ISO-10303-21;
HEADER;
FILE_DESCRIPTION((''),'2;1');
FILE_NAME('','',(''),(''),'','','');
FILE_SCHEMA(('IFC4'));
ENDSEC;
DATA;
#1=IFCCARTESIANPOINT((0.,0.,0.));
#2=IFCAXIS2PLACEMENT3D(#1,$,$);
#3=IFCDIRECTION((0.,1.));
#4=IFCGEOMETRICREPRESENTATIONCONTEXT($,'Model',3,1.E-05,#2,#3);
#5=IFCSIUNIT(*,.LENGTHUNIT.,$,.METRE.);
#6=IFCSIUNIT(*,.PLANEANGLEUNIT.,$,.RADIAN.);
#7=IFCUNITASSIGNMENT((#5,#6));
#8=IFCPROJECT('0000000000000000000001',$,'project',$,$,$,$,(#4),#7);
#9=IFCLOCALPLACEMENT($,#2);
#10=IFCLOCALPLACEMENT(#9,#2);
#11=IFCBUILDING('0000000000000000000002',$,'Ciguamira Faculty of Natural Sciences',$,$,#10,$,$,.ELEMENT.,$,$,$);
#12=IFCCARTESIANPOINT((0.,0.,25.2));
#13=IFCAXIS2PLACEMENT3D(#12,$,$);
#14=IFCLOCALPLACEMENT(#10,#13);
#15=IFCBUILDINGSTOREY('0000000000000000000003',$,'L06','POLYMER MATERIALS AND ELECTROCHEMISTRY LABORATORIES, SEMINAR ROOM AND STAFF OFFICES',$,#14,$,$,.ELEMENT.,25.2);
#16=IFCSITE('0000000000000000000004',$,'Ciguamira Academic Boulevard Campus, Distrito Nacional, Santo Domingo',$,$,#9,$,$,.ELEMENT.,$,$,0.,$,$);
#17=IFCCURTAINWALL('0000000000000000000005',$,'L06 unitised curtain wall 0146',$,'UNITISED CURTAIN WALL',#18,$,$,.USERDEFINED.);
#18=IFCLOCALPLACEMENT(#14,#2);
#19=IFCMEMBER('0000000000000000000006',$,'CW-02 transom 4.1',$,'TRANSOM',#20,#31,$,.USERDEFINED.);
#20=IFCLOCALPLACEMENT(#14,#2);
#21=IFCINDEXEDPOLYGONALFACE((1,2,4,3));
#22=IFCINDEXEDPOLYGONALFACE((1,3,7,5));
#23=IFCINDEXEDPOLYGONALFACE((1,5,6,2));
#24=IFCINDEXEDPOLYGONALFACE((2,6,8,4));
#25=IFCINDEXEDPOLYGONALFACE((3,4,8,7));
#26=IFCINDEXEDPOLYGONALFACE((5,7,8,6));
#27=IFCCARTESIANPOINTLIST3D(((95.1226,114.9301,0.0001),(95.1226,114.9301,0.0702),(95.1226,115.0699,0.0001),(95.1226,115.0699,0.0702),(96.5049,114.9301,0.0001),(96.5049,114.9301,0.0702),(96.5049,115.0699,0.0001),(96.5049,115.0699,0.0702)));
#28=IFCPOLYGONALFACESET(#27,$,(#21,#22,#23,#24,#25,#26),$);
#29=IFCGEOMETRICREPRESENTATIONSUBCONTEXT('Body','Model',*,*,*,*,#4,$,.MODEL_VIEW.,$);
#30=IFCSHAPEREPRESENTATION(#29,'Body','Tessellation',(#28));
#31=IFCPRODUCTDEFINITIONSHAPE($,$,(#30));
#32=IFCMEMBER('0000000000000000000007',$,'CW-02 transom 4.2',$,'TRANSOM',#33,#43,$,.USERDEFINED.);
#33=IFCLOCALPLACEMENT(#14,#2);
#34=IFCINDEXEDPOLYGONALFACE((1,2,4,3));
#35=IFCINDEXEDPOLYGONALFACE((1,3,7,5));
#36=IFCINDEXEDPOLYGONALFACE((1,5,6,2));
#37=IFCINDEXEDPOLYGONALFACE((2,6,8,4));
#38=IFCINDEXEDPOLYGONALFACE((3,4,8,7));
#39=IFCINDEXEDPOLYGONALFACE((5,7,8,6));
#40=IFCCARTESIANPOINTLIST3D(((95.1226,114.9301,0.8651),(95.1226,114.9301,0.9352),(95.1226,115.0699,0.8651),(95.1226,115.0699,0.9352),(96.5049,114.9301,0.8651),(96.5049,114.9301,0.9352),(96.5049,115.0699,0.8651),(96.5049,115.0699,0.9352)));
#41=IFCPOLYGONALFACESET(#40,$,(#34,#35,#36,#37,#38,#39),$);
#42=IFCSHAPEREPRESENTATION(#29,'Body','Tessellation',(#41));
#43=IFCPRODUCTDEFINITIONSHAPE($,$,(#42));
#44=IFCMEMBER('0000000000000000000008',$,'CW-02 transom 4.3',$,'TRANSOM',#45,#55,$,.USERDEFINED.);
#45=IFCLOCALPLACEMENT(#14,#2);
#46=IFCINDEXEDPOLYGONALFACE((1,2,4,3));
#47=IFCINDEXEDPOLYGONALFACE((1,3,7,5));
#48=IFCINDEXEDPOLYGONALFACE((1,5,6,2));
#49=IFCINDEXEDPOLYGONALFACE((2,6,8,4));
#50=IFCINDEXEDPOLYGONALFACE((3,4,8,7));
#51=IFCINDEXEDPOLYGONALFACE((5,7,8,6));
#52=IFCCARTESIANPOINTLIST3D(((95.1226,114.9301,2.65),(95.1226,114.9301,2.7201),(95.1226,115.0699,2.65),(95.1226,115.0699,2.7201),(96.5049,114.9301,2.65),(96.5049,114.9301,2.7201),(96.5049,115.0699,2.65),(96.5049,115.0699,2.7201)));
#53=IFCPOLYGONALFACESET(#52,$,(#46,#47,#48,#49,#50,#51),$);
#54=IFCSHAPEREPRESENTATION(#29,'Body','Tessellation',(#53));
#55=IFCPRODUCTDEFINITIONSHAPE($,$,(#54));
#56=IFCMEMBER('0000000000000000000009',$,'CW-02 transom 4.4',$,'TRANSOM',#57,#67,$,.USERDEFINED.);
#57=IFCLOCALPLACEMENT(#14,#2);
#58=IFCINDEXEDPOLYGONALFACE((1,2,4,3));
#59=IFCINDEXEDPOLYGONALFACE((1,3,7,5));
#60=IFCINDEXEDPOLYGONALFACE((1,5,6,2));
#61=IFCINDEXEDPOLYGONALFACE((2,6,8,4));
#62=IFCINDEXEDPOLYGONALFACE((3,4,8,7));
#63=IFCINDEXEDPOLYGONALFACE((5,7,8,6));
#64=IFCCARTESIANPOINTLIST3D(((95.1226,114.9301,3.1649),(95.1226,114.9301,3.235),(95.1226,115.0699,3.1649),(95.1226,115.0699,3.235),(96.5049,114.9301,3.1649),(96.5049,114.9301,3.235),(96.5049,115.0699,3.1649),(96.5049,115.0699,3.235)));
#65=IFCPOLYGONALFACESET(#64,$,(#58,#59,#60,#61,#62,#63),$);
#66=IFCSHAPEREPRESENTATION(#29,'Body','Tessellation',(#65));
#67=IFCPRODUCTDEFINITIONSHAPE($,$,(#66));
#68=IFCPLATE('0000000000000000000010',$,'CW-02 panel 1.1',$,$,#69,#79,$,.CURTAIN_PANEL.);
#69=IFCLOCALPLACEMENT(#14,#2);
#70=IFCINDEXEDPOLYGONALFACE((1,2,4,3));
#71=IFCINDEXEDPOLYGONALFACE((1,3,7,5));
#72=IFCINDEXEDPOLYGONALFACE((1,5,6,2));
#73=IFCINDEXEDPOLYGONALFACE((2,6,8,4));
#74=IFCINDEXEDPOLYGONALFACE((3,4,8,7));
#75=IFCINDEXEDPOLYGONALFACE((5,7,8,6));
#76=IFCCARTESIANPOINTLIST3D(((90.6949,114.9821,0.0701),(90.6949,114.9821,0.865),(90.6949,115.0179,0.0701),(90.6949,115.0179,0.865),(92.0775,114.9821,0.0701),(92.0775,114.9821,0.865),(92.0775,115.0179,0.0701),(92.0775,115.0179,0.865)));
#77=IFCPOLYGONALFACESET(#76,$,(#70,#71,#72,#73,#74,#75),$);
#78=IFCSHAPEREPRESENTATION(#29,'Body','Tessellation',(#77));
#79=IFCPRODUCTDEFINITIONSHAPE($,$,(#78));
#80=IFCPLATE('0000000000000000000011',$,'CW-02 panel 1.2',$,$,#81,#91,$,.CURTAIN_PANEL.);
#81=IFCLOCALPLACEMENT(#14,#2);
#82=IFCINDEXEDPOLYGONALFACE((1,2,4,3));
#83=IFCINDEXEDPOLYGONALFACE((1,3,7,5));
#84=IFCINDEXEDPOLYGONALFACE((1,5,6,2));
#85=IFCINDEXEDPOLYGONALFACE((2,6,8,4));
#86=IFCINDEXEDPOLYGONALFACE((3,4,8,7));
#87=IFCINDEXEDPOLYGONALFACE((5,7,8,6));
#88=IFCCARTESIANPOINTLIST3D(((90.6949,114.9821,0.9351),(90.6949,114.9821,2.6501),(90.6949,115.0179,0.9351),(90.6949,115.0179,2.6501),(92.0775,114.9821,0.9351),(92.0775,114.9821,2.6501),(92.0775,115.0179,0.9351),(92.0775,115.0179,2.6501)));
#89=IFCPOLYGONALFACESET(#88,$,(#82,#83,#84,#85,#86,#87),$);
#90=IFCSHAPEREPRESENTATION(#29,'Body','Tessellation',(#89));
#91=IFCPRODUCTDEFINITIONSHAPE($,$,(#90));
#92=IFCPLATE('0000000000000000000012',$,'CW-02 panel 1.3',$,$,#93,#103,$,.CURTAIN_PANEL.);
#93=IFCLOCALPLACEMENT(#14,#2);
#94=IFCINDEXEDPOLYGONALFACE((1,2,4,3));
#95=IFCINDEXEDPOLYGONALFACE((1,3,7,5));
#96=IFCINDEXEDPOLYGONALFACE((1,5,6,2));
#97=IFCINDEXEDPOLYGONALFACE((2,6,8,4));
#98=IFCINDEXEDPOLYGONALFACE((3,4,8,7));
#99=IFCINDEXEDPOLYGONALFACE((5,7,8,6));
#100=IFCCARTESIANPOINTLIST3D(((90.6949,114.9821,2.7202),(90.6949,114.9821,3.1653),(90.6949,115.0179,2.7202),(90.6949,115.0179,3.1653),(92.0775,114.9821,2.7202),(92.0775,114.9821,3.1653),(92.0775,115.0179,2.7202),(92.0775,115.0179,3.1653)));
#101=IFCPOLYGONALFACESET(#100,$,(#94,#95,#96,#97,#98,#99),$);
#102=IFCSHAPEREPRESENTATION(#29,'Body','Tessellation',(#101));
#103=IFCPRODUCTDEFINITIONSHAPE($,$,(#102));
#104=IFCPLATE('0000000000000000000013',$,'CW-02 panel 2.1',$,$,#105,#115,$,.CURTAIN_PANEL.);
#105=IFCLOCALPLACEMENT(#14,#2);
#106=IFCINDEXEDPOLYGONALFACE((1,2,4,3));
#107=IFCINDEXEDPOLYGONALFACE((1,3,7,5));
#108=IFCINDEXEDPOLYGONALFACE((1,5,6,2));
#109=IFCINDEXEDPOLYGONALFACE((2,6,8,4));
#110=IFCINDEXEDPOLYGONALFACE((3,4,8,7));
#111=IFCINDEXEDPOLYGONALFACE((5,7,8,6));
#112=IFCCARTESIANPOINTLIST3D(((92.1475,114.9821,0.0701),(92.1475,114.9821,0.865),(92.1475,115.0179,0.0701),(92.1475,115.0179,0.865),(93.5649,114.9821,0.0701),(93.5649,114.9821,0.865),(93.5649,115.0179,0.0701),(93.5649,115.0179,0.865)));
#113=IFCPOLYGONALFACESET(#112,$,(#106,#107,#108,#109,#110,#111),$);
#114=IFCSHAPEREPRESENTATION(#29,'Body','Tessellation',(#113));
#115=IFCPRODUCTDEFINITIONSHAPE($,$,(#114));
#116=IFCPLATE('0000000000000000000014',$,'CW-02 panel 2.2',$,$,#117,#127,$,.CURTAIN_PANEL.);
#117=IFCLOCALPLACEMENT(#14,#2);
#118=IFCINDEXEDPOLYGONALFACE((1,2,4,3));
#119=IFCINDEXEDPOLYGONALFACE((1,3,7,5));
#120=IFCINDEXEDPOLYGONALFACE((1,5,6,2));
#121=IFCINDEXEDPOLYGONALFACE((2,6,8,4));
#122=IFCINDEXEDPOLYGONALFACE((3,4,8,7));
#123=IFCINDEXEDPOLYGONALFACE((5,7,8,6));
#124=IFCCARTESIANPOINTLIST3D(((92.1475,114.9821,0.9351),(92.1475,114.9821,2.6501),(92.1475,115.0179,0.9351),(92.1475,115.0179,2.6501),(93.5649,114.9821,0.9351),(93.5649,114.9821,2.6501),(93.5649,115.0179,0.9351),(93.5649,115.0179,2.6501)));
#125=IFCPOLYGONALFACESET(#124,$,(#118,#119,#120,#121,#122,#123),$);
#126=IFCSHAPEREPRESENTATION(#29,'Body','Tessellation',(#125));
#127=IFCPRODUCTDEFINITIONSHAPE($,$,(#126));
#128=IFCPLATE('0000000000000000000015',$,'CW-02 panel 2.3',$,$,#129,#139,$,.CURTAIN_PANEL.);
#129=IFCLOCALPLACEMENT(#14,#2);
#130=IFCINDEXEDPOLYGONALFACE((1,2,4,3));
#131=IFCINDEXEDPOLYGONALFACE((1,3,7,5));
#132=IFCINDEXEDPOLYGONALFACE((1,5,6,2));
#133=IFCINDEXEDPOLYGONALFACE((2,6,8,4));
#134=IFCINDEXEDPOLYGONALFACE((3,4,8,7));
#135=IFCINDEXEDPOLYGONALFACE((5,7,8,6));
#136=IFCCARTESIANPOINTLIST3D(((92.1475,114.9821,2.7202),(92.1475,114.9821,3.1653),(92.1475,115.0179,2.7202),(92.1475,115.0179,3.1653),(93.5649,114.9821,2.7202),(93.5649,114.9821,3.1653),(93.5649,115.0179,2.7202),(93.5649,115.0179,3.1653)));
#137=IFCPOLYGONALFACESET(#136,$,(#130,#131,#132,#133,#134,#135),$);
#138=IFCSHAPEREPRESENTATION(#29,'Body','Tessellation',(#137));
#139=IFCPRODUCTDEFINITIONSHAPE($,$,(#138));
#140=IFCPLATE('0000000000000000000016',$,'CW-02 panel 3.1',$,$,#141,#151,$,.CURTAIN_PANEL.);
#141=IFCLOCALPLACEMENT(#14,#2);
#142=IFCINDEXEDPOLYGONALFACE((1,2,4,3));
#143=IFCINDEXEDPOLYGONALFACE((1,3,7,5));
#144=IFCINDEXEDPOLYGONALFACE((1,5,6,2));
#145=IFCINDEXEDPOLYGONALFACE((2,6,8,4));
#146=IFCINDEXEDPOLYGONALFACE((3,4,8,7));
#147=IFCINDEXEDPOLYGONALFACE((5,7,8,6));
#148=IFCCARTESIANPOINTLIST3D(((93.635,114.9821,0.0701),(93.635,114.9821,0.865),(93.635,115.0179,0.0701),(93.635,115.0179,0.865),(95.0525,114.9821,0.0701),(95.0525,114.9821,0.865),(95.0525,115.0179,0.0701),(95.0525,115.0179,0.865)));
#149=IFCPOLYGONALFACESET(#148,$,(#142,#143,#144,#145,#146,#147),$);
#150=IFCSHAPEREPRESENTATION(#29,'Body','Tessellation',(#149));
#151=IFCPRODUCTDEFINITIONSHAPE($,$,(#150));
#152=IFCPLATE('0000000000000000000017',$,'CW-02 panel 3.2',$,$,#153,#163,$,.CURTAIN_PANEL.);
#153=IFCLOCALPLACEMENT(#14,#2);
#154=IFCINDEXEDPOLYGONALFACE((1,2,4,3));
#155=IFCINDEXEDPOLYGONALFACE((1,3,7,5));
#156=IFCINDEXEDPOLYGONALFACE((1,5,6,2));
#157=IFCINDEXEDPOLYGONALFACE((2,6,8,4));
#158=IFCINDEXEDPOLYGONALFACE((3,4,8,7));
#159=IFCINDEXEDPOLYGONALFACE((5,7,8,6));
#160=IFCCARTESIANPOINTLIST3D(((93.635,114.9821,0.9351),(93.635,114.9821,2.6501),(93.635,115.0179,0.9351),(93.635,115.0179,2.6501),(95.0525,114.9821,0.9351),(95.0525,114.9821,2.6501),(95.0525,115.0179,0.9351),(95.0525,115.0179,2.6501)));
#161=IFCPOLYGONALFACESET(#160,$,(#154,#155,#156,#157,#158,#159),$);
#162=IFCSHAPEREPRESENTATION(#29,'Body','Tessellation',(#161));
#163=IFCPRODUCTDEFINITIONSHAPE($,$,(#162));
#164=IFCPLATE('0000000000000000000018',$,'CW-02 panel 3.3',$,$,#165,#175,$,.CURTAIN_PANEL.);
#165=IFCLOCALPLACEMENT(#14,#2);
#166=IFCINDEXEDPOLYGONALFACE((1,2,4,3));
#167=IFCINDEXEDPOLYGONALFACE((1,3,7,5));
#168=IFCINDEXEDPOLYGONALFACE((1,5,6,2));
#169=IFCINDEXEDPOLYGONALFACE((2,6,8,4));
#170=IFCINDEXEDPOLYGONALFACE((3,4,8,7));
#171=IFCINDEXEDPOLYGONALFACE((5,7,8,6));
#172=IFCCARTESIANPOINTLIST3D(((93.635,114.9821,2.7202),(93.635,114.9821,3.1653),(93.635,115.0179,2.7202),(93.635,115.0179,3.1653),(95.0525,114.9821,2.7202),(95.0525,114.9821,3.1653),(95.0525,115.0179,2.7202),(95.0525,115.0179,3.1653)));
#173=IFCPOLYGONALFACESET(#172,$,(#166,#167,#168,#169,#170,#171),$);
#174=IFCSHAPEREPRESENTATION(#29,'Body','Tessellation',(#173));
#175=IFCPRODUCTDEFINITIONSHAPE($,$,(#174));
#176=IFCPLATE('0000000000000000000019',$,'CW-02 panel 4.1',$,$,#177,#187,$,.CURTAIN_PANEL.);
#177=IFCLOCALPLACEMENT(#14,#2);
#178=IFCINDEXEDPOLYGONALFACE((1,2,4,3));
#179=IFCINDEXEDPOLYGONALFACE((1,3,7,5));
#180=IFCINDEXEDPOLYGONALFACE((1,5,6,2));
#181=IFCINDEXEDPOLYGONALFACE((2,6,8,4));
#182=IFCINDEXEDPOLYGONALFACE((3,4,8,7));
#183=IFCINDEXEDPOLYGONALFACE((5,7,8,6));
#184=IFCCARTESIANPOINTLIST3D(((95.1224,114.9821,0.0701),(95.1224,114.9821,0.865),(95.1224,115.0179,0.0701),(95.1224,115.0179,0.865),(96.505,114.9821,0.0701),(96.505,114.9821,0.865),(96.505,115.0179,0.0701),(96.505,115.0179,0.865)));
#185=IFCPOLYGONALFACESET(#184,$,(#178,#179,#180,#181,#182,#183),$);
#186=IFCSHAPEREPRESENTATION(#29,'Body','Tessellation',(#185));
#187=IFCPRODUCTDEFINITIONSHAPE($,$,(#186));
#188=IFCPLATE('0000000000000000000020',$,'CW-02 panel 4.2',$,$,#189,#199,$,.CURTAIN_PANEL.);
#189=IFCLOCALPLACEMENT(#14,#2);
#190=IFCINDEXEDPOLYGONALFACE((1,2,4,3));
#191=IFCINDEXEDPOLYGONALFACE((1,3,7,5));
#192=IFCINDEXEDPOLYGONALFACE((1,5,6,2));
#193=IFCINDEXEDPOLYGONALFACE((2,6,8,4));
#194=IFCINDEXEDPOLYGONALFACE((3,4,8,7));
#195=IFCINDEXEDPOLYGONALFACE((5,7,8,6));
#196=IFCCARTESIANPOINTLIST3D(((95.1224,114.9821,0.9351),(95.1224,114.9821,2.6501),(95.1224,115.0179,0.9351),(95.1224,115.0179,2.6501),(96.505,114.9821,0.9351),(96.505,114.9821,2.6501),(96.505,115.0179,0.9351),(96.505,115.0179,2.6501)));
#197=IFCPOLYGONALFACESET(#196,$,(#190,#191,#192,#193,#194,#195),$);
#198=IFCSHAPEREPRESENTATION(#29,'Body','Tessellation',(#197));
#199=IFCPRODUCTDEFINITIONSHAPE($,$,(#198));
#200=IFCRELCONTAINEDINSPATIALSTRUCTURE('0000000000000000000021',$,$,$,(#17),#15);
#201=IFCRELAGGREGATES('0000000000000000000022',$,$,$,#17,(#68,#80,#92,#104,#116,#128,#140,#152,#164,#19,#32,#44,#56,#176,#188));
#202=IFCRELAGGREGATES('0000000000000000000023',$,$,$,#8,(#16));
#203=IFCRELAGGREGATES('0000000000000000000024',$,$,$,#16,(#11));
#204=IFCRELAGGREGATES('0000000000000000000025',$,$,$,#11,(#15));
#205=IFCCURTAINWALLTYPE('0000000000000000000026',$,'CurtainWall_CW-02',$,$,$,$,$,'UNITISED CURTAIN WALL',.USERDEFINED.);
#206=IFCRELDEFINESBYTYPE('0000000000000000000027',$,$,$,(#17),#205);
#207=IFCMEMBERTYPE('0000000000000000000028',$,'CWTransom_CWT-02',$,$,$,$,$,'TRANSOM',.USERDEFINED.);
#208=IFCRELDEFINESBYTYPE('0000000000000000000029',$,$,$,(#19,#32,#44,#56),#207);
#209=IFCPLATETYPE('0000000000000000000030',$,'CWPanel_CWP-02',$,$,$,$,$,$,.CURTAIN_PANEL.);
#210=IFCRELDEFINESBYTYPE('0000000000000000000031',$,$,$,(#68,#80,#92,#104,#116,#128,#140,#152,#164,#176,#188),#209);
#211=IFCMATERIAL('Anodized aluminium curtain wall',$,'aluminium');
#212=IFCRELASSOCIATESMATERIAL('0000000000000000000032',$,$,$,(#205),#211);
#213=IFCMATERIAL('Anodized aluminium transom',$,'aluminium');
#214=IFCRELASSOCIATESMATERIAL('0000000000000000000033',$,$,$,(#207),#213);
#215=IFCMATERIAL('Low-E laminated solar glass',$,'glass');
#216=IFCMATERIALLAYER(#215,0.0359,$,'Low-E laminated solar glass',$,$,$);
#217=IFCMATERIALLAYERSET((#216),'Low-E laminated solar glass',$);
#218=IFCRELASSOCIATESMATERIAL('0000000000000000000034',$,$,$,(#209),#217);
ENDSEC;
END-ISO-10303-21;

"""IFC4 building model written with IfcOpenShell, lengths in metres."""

from ifc_helpers import new_model, si_unit, direction, frame, origin, origin_2d, place, context, subcontext, project, spatial, rectangle, extrude, material, layer, layer_set, material_profile, profile_set, type_object, element, aggregate, save


model = new_model("IFC4")

# Units and contexts
model_context = context("Model", 3, precision=1e-05, world=origin(), true_north=direction((0.0, 1.0)))
body_context = subcontext(model_context, "Body", "Model", "MODEL_VIEW")
ifc_project = project(units=[si_unit("LENGTHUNIT", "METRE"), si_unit("PLANEANGLEUNIT", "RADIAN")], contexts=[model_context])

# Site, building, storey
site_placement = place(None, origin())
site = spatial("IfcSite", under=ifc_project, at=site_placement, Name="Ciguamira Academic Boulevard Campus, Distrito Nacional, Santo Domingo", CompositionType="ELEMENT", RefElevation=0.0)
building_placement = place(site_placement, origin())
building = spatial("IfcBuilding", under=site, at=building_placement, Name="Ciguamira Faculty of Natural Sciences", CompositionType="ELEMENT")
storey_placement = place(building_placement, frame((0.0, 0.0, 25.2)))
storey = spatial("IfcBuildingStorey", under=building, at=storey_placement, Name="L06", Description="POLYMER MATERIALS AND ELECTROCHEMISTRY LABORATORIES, SEMINAR ROOM AND STAFF OFFICES", CompositionType="ELEMENT", Elevation=25.2)

# Curtain wall, members, plates
ifc_material_1 = material(Name="Anodized aluminium curtain wall", Category="aluminium")
curtain_wall_type = type_object("IfcCurtainWallType", Name="CurtainWall_CW-02", ElementType="UNITISED CURTAIN WALL", PredefinedType="USERDEFINED", material=ifc_material_1)
curtain_wall_placement = place(storey_placement, origin())
curtain_wall = element("IfcCurtainWall", 1, at=curtain_wall_placement, inside=storey, type_object=curtain_wall_type, Name="L06 unitised curtain wall 0146", ObjectType="UNITISED CURTAIN WALL", PredefinedType="USERDEFINED")
ifc_material_2 = material(Name="Anodized aluminium transom", Category="aluminium")
ifc_material_profile_1 = material_profile(ifc_material_2, rectangle(XDim=0.0701, YDim=0.1399, at=origin_2d()), Name="ALU-TRN-70X140")
ifc_profile_set_1 = profile_set([ifc_material_profile_1], Name="Anodized aluminium transom")
member_type_1 = type_object("IfcMemberType", Name="CWTransom_CWT-02", ElementType="TRANSOM", PredefinedType="USERDEFINED", material=ifc_profile_set_1)
member_1_placement = place(storey_placement, frame((95.1226, 115.0, 0.0352), z_axis=(1.0, 0.0, 0.0), x_axis=(0.0, 0.0, 1.0)))
member_1 = element("IfcMember", 2, at=member_1_placement, type_object=member_type_1, Name="CW-02 transom 4.1", ObjectType="TRANSOM", PredefinedType="USERDEFINED", context=body_context, shape_type="SweptSolid", body=[
    extrude(rectangle(XDim=0.0701, YDim=0.1399, at=origin_2d()), origin(), (0.0, 0.0, 1.0), 1.3823),
])
member_2_placement = place(storey_placement, frame((95.1226, 115.0, 0.9001), z_axis=(1.0, 0.0, 0.0), x_axis=(0.0, 0.0, 1.0)))
member_2 = element("IfcMember", 3, at=member_2_placement, type_object=member_type_1, Name="CW-02 transom 4.2", ObjectType="TRANSOM", PredefinedType="USERDEFINED", context=body_context, shape_type="SweptSolid", body=[
    extrude(rectangle(XDim=0.0701, YDim=0.1399, at=origin_2d()), origin(), (0.0, 0.0, 1.0), 1.3823),
])
member_3_placement = place(storey_placement, frame((95.1226, 115.0, 2.6851), z_axis=(1.0, 0.0, 0.0), x_axis=(0.0, 0.0, 1.0)))
member_3 = element("IfcMember", 4, at=member_3_placement, type_object=member_type_1, Name="CW-02 transom 4.3", ObjectType="TRANSOM", PredefinedType="USERDEFINED", context=body_context, shape_type="SweptSolid", body=[
    extrude(rectangle(XDim=0.0701, YDim=0.1399, at=origin_2d()), origin(), (0.0, 0.0, 1.0), 1.3823),
])
member_4_placement = place(storey_placement, frame((95.1226, 115.0, 3.2), z_axis=(1.0, 0.0, 0.0), x_axis=(0.0, 0.0, 1.0)))
member_4 = element("IfcMember", 5, at=member_4_placement, type_object=member_type_1, Name="CW-02 transom 4.4", ObjectType="TRANSOM", PredefinedType="USERDEFINED", context=body_context, shape_type="SweptSolid", body=[
    extrude(rectangle(XDim=0.0701, YDim=0.1399, at=origin_2d()), origin(), (0.0, 0.0, 1.0), 1.3823),
])
ifc_material_3 = material(Name="Low-E laminated solar glass", Category="glass")
ifc_layer_1 = layer(ifc_material_3, 0.0359, Name="Low-E laminated solar glass")
ifc_layer_set_1 = layer_set([ifc_layer_1], Name="Low-E laminated solar glass")
plate_type = type_object("IfcPlateType", Name="CWPanel_CWP-02", PredefinedType="CURTAIN_PANEL", material=ifc_layer_set_1)
plate_1_placement = place(storey_placement, frame((91.3862, 115.0, 0.0701), z_axis=(0.0, 0.0, 1.0), x_axis=(1.0, 0.0, 0.0)))
plate_1 = element("IfcPlate", 6, at=plate_1_placement, type_object=plate_type, Name="CW-02 panel 1.1", PredefinedType="CURTAIN_PANEL", context=body_context, shape_type="SweptSolid", body=[
    extrude(rectangle(XDim=1.3826, YDim=0.0359, at=origin_2d()), origin(), (0.0, 0.0, 1.0), 0.7949),
])
plate_2_placement = place(storey_placement, frame((91.3862, 115.0, 0.9351), z_axis=(0.0, 0.0, 1.0), x_axis=(1.0, 0.0, 0.0)))
plate_2 = element("IfcPlate", 7, at=plate_2_placement, type_object=plate_type, Name="CW-02 panel 1.2", PredefinedType="CURTAIN_PANEL", context=body_context, shape_type="SweptSolid", body=[
    extrude(rectangle(XDim=1.3826, YDim=0.0359, at=origin_2d()), origin(), (0.0, 0.0, 1.0), 1.7151),
])
plate_3_placement = place(storey_placement, frame((91.3862, 115.0, 2.7202), z_axis=(0.0, 0.0, 1.0), x_axis=(1.0, 0.0, 0.0)))
plate_3 = element("IfcPlate", 8, at=plate_3_placement, type_object=plate_type, Name="CW-02 panel 1.3", PredefinedType="CURTAIN_PANEL", context=body_context, shape_type="SweptSolid", body=[
    extrude(rectangle(XDim=1.3826, YDim=0.0359, at=origin_2d()), origin(), (0.0, 0.0, 1.0), 0.4451),
])
plate_4_placement = place(storey_placement, frame((92.8562, 115.0, 0.0701), z_axis=(0.0, 0.0, 1.0), x_axis=(1.0, 0.0, 0.0)))
plate_4 = element("IfcPlate", 9, at=plate_4_placement, type_object=plate_type, Name="CW-02 panel 2.1", PredefinedType="CURTAIN_PANEL", context=body_context, shape_type="SweptSolid", body=[
    extrude(rectangle(XDim=1.4175, YDim=0.0359, at=origin_2d()), origin(), (0.0, 0.0, 1.0), 0.7949),
])
plate_5_placement = place(storey_placement, frame((92.8562, 115.0, 0.9351), z_axis=(0.0, 0.0, 1.0), x_axis=(1.0, 0.0, 0.0)))
plate_5 = element("IfcPlate", 10, at=plate_5_placement, type_object=plate_type, Name="CW-02 panel 2.2", PredefinedType="CURTAIN_PANEL", context=body_context, shape_type="SweptSolid", body=[
    extrude(rectangle(XDim=1.4175, YDim=0.0359, at=origin_2d()), origin(), (0.0, 0.0, 1.0), 1.7151),
])
plate_6_placement = place(storey_placement, frame((92.8562, 115.0, 2.7202), z_axis=(0.0, 0.0, 1.0), x_axis=(1.0, 0.0, 0.0)))
plate_6 = element("IfcPlate", 11, at=plate_6_placement, type_object=plate_type, Name="CW-02 panel 2.3", PredefinedType="CURTAIN_PANEL", context=body_context, shape_type="SweptSolid", body=[
    extrude(rectangle(XDim=1.4175, YDim=0.0359, at=origin_2d()), origin(), (0.0, 0.0, 1.0), 0.4451),
])
plate_7_placement = place(storey_placement, frame((94.3438, 115.0, 0.0701), z_axis=(0.0, 0.0, 1.0), x_axis=(1.0, 0.0, 0.0)))
plate_7 = element("IfcPlate", 12, at=plate_7_placement, type_object=plate_type, Name="CW-02 panel 3.1", PredefinedType="CURTAIN_PANEL", context=body_context, shape_type="SweptSolid", body=[
    extrude(rectangle(XDim=1.4175, YDim=0.0359, at=origin_2d()), origin(), (0.0, 0.0, 1.0), 0.7949),
])
plate_8_placement = place(storey_placement, frame((94.3438, 115.0, 0.9351), z_axis=(0.0, 0.0, 1.0), x_axis=(1.0, 0.0, 0.0)))
plate_8 = element("IfcPlate", 13, at=plate_8_placement, type_object=plate_type, Name="CW-02 panel 3.2", PredefinedType="CURTAIN_PANEL", context=body_context, shape_type="SweptSolid", body=[
    extrude(rectangle(XDim=1.4175, YDim=0.0359, at=origin_2d()), origin(), (0.0, 0.0, 1.0), 1.7151),
])
plate_9_placement = place(storey_placement, frame((94.3438, 115.0, 2.7202), z_axis=(0.0, 0.0, 1.0), x_axis=(1.0, 0.0, 0.0)))
plate_9 = element("IfcPlate", 14, at=plate_9_placement, type_object=plate_type, Name="CW-02 panel 3.3", PredefinedType="CURTAIN_PANEL", context=body_context, shape_type="SweptSolid", body=[
    extrude(rectangle(XDim=1.4175, YDim=0.0359, at=origin_2d()), origin(), (0.0, 0.0, 1.0), 0.4451),
])
plate_10_placement = place(storey_placement, frame((95.8137, 115.0, 0.0701), z_axis=(0.0, 0.0, 1.0), x_axis=(1.0, 0.0, 0.0)))
plate_10 = element("IfcPlate", 15, at=plate_10_placement, type_object=plate_type, Name="CW-02 panel 4.1", PredefinedType="CURTAIN_PANEL", context=body_context, shape_type="SweptSolid", body=[
    extrude(rectangle(XDim=1.3826, YDim=0.0359, at=origin_2d()), origin(), (0.0, 0.0, 1.0), 0.7949),
])
plate_11_placement = place(storey_placement, frame((95.8137, 115.0, 0.9351), z_axis=(0.0, 0.0, 1.0), x_axis=(1.0, 0.0, 0.0)))
plate_11 = element("IfcPlate", 16, at=plate_11_placement, type_object=plate_type, Name="CW-02 panel 4.2", PredefinedType="CURTAIN_PANEL", context=body_context, shape_type="SweptSolid", body=[
    extrude(rectangle(XDim=1.3826, YDim=0.0359, at=origin_2d()), origin(), (0.0, 0.0, 1.0), 1.7151),
])
aggregate(curtain_wall, [plate_1, plate_2, plate_3, plate_4, plate_5, plate_6, plate_7, plate_8, plate_9, member_1, member_2, member_3, member_4, plate_10, plate_11])

save(model, "model.ifc")
